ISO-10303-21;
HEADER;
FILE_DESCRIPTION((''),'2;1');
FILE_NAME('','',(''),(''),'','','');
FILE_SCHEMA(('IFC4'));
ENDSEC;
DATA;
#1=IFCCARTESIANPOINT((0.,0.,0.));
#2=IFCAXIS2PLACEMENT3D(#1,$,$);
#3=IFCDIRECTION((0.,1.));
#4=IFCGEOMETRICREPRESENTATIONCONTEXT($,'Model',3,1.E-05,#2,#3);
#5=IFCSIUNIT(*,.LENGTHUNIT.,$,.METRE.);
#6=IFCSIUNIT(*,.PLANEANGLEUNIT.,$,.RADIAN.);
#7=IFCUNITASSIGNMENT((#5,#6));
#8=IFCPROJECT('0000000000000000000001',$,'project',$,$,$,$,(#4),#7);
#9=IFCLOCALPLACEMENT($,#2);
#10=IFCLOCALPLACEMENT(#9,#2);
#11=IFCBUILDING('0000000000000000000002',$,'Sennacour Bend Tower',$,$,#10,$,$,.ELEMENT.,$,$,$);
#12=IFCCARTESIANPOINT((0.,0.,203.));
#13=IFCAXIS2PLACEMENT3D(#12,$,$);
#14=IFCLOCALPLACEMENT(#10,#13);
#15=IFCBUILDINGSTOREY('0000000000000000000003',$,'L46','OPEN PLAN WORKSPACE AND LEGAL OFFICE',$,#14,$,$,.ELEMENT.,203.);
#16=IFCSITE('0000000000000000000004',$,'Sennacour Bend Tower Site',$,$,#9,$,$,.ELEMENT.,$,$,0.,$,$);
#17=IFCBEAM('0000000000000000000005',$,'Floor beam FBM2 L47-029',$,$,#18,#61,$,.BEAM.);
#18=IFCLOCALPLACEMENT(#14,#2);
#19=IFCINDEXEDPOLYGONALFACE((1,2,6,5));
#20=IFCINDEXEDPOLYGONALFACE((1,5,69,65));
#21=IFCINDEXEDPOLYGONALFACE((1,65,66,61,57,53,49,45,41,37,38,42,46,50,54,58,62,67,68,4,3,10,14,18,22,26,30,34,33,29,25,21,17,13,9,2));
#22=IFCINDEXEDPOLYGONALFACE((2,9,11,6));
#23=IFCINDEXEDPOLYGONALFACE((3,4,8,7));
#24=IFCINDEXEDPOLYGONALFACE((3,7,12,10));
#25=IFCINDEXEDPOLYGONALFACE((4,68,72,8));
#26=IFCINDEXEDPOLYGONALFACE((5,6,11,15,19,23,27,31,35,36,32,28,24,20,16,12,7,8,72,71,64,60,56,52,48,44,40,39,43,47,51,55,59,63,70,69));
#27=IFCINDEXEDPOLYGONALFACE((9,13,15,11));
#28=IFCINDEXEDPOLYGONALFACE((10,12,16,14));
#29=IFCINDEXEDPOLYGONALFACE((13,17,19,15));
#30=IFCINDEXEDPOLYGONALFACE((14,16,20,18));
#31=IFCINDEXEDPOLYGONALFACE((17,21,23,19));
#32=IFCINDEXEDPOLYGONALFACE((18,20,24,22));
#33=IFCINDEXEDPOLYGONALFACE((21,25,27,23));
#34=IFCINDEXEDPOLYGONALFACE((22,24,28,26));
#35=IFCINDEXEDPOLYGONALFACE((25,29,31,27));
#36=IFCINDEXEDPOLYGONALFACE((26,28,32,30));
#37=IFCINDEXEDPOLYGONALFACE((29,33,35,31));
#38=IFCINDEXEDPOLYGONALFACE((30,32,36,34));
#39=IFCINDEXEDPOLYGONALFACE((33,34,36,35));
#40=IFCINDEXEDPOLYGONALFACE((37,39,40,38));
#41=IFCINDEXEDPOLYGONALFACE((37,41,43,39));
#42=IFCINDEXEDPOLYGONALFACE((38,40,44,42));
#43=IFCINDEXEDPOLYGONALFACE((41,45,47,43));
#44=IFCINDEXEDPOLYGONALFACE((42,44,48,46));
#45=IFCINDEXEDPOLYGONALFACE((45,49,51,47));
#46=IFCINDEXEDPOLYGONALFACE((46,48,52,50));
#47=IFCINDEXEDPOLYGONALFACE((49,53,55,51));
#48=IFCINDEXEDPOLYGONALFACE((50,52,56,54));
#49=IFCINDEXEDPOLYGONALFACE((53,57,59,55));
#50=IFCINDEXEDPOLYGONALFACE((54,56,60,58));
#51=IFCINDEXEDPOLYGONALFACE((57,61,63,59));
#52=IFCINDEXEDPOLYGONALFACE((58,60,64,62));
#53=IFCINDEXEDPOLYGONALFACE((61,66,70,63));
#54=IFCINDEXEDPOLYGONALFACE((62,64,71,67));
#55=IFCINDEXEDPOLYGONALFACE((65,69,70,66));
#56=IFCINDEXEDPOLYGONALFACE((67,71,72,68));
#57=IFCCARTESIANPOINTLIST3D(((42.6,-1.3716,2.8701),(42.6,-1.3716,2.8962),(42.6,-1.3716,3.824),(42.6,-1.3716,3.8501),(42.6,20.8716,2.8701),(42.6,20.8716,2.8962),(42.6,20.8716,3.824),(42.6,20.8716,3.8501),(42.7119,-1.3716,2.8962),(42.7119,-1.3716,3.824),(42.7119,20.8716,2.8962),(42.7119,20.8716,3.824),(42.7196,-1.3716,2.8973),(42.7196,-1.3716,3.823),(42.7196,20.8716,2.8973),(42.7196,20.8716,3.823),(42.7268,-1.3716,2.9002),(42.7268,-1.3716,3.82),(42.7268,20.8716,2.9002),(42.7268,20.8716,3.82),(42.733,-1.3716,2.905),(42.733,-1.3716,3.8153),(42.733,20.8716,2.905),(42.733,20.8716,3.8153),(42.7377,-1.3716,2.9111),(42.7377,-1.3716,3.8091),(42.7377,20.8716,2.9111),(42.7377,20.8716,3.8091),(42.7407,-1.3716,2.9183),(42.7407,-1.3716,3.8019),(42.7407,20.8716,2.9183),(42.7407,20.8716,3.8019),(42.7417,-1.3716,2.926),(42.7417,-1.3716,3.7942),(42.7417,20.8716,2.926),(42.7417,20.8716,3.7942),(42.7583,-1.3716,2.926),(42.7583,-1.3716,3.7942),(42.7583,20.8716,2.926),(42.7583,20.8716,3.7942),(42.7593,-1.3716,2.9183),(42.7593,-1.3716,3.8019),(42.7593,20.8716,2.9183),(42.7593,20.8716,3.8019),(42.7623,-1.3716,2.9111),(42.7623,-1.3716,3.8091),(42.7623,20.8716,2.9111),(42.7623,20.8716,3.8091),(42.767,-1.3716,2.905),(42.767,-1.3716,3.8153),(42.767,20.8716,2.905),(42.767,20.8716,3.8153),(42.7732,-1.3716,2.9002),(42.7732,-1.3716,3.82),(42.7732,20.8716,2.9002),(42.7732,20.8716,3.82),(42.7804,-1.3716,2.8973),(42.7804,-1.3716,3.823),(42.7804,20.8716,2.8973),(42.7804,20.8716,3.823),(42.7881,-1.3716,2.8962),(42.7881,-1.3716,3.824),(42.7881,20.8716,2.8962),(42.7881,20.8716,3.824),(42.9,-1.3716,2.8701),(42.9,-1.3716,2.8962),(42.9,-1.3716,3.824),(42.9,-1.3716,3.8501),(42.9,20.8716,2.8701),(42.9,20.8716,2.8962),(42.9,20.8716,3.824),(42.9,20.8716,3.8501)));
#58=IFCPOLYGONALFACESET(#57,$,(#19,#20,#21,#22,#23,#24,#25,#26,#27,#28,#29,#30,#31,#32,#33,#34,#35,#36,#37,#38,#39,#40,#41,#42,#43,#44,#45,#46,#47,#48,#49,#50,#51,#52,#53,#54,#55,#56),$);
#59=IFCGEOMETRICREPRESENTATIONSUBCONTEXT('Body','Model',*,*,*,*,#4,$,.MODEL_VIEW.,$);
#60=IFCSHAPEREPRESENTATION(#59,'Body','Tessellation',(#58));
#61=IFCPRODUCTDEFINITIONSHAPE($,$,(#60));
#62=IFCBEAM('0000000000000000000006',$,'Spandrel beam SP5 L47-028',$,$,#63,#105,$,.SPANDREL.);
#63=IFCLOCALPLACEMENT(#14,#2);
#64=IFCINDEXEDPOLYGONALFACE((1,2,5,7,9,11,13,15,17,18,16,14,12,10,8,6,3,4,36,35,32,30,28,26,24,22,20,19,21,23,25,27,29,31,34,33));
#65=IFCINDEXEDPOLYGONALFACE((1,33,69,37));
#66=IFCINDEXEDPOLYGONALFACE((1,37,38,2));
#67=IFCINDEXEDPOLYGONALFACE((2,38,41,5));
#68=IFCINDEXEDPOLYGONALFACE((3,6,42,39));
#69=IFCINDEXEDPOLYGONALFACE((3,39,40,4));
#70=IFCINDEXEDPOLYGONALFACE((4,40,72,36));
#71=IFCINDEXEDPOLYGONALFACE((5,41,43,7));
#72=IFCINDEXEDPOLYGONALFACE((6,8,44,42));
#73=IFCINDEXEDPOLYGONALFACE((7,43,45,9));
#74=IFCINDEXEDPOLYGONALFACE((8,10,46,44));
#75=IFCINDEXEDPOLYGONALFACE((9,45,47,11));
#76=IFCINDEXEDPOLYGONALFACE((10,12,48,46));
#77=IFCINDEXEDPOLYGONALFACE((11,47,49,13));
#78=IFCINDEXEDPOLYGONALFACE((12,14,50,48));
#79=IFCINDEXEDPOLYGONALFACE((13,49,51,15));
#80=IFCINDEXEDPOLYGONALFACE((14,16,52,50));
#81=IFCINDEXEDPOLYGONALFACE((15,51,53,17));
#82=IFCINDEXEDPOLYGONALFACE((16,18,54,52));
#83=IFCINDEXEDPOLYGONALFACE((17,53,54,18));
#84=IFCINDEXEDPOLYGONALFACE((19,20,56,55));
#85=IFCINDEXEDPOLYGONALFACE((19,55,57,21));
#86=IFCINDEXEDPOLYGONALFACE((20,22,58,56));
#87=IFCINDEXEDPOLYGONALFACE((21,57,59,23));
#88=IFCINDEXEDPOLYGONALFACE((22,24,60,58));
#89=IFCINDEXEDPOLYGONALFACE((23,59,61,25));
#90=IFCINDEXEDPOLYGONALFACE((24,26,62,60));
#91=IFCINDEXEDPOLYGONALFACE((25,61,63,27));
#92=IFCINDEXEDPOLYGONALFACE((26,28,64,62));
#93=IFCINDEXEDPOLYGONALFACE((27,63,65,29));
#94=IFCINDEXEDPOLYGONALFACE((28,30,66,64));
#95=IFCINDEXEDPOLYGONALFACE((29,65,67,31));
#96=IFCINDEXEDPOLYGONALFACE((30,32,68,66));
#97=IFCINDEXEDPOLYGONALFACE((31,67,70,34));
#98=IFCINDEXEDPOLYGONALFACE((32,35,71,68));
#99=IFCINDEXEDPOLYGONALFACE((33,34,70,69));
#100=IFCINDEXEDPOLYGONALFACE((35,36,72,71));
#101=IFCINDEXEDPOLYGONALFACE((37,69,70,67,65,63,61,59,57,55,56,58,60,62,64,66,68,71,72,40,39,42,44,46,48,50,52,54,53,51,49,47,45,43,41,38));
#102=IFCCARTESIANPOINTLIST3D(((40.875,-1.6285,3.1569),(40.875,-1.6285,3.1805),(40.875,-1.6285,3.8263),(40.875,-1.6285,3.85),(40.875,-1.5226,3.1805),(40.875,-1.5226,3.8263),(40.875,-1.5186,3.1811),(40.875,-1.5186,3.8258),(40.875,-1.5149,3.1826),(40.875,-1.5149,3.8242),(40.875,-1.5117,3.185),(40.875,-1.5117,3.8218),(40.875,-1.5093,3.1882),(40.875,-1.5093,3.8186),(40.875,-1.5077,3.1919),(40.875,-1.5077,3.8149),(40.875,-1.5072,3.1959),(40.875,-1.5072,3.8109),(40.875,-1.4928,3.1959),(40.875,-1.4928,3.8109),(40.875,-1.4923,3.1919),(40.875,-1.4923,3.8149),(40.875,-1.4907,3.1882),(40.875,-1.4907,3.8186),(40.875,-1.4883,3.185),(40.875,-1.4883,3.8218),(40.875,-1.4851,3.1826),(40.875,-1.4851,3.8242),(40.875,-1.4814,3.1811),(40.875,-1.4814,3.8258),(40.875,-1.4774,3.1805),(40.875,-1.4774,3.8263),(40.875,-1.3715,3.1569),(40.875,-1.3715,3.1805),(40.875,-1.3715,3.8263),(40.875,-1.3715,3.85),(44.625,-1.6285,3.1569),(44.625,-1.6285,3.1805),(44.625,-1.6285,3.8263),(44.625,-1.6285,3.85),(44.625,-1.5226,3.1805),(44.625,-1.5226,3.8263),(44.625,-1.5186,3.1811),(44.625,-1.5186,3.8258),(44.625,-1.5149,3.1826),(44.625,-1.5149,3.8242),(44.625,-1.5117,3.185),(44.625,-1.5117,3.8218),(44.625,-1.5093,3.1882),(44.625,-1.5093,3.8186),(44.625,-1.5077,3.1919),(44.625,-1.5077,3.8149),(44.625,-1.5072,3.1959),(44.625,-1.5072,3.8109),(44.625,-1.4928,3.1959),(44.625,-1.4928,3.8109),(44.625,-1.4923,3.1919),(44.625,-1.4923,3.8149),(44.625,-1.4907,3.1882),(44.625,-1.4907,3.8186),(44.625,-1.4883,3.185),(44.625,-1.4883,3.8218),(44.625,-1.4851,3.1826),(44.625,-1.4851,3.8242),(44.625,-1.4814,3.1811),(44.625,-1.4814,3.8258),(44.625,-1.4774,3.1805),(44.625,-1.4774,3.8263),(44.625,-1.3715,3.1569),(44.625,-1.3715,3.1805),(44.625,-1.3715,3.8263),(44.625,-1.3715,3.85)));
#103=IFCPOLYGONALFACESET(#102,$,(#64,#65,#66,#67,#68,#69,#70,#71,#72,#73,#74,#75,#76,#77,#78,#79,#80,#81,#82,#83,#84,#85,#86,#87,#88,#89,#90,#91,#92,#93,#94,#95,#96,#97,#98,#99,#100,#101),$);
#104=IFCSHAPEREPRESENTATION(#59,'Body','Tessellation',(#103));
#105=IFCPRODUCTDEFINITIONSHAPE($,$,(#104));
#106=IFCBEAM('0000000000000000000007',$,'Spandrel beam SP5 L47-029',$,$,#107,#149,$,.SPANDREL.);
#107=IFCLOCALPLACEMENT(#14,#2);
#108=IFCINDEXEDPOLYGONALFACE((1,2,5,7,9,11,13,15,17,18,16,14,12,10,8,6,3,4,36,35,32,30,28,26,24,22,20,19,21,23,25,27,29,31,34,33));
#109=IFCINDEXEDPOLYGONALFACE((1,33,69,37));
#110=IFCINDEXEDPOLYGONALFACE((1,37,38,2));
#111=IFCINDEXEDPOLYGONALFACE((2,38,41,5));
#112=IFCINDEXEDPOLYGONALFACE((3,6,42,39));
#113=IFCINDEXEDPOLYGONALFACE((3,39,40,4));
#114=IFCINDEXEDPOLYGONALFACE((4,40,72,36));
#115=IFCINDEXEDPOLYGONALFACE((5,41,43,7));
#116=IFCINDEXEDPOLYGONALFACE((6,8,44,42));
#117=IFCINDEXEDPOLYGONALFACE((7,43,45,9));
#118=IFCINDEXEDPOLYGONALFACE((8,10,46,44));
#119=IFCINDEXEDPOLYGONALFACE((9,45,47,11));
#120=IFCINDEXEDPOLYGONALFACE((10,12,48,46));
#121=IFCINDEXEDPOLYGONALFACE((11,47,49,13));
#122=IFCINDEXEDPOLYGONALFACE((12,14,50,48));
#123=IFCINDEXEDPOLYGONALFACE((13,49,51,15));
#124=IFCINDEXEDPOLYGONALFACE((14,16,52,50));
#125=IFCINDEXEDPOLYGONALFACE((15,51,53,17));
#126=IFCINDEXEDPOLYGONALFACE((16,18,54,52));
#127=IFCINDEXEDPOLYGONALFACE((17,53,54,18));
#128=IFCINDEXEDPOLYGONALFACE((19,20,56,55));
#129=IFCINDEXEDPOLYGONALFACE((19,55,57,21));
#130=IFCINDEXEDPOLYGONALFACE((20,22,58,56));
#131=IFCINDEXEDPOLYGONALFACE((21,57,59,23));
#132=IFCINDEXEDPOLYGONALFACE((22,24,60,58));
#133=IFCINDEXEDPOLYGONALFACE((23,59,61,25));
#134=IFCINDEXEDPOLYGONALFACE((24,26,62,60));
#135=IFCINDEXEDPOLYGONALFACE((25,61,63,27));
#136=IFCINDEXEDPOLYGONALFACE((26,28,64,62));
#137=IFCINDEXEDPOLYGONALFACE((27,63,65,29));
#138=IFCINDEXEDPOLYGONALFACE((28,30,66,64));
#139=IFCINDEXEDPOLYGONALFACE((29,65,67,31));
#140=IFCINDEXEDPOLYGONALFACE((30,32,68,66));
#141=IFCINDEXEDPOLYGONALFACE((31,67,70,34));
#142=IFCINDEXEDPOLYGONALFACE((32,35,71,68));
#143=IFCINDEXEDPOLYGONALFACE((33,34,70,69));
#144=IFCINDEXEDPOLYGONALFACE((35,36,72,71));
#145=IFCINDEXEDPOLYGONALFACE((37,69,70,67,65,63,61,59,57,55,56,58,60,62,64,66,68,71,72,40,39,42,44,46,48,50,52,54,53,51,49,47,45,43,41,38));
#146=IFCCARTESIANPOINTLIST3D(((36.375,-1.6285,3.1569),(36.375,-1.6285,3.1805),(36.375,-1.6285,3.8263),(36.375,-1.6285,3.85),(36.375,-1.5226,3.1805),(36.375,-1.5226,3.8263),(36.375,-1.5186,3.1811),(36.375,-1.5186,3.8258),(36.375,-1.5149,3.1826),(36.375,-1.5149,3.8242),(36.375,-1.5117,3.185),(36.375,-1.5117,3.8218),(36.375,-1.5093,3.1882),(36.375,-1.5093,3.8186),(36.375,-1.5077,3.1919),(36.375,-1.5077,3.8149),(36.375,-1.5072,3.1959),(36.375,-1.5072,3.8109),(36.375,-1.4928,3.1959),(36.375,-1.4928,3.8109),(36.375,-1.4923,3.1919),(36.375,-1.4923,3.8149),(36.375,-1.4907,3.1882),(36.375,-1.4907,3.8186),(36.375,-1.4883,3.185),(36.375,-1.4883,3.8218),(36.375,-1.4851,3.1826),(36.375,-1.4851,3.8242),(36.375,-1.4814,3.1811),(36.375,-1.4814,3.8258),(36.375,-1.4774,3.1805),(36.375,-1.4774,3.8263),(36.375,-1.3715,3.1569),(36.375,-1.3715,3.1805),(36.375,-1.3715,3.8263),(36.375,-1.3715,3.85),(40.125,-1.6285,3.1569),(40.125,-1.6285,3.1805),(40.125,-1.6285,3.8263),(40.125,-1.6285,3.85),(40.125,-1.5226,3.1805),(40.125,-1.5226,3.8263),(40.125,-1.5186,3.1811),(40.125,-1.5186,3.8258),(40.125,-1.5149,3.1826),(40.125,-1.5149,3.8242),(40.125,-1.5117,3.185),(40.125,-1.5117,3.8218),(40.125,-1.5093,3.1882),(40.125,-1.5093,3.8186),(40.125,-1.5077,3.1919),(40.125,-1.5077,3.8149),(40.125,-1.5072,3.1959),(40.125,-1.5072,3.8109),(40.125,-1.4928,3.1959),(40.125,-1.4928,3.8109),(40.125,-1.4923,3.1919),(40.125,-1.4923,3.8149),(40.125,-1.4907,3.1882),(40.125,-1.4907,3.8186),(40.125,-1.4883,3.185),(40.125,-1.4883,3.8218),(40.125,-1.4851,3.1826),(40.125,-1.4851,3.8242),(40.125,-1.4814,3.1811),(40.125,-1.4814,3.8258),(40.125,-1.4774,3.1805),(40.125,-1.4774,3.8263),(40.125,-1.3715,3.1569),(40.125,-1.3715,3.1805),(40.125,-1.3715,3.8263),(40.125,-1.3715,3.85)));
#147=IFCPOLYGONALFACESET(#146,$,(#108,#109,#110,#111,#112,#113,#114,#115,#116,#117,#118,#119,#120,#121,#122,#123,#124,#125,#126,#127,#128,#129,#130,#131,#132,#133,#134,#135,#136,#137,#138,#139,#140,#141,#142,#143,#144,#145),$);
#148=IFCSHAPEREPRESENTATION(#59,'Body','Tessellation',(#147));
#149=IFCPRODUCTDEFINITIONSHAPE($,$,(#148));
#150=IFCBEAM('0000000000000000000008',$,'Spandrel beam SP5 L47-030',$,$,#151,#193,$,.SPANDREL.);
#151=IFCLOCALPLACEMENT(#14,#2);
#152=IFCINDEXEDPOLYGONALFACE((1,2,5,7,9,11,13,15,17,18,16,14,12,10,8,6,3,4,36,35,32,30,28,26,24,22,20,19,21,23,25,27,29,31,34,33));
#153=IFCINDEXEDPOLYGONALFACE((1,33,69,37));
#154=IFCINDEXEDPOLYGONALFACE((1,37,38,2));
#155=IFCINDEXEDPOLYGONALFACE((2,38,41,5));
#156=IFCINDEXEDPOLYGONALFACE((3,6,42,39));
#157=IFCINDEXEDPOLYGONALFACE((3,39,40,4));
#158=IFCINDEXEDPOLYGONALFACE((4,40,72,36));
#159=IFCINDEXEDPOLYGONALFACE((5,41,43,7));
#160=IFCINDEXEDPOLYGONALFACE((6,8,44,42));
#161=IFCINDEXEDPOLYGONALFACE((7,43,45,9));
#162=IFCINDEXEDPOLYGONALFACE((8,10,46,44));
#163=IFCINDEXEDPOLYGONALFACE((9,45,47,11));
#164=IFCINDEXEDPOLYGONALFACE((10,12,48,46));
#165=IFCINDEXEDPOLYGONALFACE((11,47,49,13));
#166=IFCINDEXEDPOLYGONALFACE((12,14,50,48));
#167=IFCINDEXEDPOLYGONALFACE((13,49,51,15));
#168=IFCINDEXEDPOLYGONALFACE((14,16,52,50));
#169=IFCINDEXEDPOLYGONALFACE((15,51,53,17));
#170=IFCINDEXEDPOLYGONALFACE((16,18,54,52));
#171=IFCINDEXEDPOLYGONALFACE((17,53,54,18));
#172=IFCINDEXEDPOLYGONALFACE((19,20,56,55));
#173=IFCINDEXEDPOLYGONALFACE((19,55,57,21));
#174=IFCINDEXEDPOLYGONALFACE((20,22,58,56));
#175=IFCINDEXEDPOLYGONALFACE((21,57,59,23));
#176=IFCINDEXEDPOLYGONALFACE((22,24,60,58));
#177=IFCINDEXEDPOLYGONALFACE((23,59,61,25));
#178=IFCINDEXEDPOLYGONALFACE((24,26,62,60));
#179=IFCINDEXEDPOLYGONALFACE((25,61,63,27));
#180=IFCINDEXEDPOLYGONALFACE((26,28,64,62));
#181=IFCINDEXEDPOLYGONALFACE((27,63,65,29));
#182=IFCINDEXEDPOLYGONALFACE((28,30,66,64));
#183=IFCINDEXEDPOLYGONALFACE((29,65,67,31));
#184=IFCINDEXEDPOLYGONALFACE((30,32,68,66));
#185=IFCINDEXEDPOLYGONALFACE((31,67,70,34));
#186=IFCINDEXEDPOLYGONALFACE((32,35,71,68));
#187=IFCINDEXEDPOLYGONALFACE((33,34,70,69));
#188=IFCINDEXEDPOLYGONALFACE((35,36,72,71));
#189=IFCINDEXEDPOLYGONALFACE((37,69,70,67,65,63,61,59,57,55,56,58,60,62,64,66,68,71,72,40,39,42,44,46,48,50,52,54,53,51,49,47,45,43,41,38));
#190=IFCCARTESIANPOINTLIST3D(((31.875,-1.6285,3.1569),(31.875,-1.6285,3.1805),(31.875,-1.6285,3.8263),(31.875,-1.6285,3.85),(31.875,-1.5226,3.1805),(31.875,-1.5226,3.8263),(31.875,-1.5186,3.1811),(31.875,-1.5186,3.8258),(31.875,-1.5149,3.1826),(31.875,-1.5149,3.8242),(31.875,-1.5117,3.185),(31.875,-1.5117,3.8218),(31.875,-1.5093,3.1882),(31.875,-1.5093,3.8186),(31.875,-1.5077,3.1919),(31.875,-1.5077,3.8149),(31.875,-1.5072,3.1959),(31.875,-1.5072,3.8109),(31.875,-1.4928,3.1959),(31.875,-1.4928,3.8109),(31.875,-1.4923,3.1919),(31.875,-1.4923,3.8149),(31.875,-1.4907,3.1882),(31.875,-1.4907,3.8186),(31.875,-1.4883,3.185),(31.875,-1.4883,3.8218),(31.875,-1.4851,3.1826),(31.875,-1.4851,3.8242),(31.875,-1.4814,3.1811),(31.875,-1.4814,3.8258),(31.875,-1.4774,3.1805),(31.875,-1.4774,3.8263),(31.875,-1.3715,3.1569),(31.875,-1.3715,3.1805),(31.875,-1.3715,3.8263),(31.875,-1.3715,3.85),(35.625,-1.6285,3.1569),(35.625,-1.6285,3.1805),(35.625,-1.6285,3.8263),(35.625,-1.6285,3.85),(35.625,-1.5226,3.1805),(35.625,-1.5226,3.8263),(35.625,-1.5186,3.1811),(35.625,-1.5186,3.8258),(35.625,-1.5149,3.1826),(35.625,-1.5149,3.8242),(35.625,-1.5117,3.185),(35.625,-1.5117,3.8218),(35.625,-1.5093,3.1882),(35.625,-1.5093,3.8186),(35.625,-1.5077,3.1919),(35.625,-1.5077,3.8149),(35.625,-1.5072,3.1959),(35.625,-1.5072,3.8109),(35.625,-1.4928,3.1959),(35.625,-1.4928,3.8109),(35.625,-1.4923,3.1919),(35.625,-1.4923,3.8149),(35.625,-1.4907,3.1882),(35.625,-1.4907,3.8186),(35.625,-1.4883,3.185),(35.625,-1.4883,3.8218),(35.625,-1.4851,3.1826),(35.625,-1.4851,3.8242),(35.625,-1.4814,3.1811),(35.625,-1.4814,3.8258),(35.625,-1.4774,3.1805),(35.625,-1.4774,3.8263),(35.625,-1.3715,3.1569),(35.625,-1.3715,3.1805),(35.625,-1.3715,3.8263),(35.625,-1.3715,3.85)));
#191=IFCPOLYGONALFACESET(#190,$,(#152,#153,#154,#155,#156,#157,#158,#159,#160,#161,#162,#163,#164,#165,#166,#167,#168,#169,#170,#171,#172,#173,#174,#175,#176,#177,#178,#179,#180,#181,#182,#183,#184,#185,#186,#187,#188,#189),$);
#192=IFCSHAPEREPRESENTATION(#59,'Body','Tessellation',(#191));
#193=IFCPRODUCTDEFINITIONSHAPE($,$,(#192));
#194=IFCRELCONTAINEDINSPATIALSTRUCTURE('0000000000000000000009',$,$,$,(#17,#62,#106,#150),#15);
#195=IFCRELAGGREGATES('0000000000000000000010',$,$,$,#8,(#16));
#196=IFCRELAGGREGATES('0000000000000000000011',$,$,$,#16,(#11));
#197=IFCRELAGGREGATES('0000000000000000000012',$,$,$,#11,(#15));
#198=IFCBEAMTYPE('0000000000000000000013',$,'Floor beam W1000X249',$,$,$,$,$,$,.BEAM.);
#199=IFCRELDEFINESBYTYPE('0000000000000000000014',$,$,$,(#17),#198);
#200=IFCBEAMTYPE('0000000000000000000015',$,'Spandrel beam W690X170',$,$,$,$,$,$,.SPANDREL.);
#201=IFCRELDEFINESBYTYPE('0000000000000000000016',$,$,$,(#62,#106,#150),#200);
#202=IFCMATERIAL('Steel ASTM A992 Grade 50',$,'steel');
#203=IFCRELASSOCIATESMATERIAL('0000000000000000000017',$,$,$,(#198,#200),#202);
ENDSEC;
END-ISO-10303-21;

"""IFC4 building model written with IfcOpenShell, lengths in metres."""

from ifc_helpers import new_model, si_unit, direction, frame, origin, origin_2d, place, context, subcontext, project, spatial, i_section, extrude, material, material_profile, profile_set, type_object, element, save


model = new_model("IFC4")

# Units and contexts
model_context = context("Model", 3, precision=1e-05, world=origin(), true_north=direction((0.0, 1.0)))
body_context = subcontext(model_context, "Body", "Model", "MODEL_VIEW")
ifc_project = project(units=[si_unit("LENGTHUNIT", "METRE"), si_unit("PLANEANGLEUNIT", "RADIAN")], contexts=[model_context])

# Site, building, storey
site_placement = place(None, origin())
site = spatial("IfcSite", under=ifc_project, at=site_placement, Name="Sennacour Bend Tower Site", CompositionType="ELEMENT", RefElevation=0.0)
building_placement = place(site_placement, origin())
building = spatial("IfcBuilding", under=site, at=building_placement, Name="Sennacour Bend Tower", CompositionType="ELEMENT")
storey_placement = place(building_placement, frame((0.0, 0.0, 203.0)))
storey = spatial("IfcBuildingStorey", under=building, at=storey_placement, Name="L46", Description="OPEN PLAN WORKSPACE AND LEGAL OFFICE", CompositionType="ELEMENT", Elevation=203.0)

# Beams
ifc_material_1 = material(Name="Steel ASTM A992 Grade 50", Category="steel")
ifc_material_profile_1 = material_profile(ifc_material_1, i_section(OverallWidth=0.3, OverallDepth=0.98, WebThickness=0.0166, FlangeThickness=0.0261, FilletRadius=0.0298, at=origin_2d()), Name="Steel ASTM A992 Grade 50", Category="steel")
ifc_profile_set_1 = profile_set([ifc_material_profile_1], Name="Steel ASTM A992 Grade 50")
beam_type_1 = type_object("IfcBeamType", Name="Floor beam W1000X249", PredefinedType="BEAM", material=ifc_profile_set_1)
beam_1_placement = place(storey_placement, frame((42.75, -1.3716, 3.3601), z_axis=(0.0, 1.0, 0.0), x_axis=(-1.0, 0.0, 0.0)))
element("IfcBeam", 1, at=beam_1_placement, inside=storey, type_object=beam_type_1, Name="Floor beam FBM2 L47-029", PredefinedType="BEAM", context=body_context, shape_type="SweptSolid", body=[
    extrude(i_section(OverallWidth=0.3, OverallDepth=0.98, WebThickness=0.0166, FlangeThickness=0.0261, FilletRadius=0.0298, at=origin_2d()), origin(), (0.0, 0.0, 1.0), 22.2432),
])
ifc_material_profile_2 = material_profile(ifc_material_1, i_section(OverallWidth=0.2571, OverallDepth=0.6931, WebThickness=0.0144, FlangeThickness=0.0237, FilletRadius=0.0154, at=origin_2d()), Name="Steel ASTM A992 Grade 50", Category="steel")
ifc_profile_set_2 = profile_set([ifc_material_profile_2], Name="Steel ASTM A992 Grade 50")
beam_type_2 = type_object("IfcBeamType", Name="Spandrel beam W690X170", PredefinedType="SPANDREL", material=ifc_profile_set_2)
for number, where, z_axis, x_axis, name in (
    (2, (44.625, -1.5, 3.5034), (-1.0, 0.0, 0.0), (0.0, -1.0, 0.0), "Spandrel beam SP5 L47-028"),
    (3, (40.125, -1.5, 3.5034), (-1.0, 0.0, 0.0), (0.0, -1.0, 0.0), "Spandrel beam SP5 L47-029"),
    (4, (35.625, -1.5, 3.5034), (-1.0, 0.0, 0.0), (0.0, -1.0, 0.0), "Spandrel beam SP5 L47-030"),
):
    element("IfcBeam", number, at=place(storey_placement, frame(where, z_axis=z_axis, x_axis=x_axis)), inside=storey, type_object=beam_type_2, Name=name, PredefinedType="SPANDREL", context=body_context, shape_type="SweptSolid", body=[
        extrude(i_section(OverallWidth=0.2571, OverallDepth=0.6931, WebThickness=0.0144, FlangeThickness=0.0237, FilletRadius=0.0154, at=origin_2d()), origin(), (0.0, 0.0, 1.0), 3.75),
    ])

save(model, "model.ifc")
